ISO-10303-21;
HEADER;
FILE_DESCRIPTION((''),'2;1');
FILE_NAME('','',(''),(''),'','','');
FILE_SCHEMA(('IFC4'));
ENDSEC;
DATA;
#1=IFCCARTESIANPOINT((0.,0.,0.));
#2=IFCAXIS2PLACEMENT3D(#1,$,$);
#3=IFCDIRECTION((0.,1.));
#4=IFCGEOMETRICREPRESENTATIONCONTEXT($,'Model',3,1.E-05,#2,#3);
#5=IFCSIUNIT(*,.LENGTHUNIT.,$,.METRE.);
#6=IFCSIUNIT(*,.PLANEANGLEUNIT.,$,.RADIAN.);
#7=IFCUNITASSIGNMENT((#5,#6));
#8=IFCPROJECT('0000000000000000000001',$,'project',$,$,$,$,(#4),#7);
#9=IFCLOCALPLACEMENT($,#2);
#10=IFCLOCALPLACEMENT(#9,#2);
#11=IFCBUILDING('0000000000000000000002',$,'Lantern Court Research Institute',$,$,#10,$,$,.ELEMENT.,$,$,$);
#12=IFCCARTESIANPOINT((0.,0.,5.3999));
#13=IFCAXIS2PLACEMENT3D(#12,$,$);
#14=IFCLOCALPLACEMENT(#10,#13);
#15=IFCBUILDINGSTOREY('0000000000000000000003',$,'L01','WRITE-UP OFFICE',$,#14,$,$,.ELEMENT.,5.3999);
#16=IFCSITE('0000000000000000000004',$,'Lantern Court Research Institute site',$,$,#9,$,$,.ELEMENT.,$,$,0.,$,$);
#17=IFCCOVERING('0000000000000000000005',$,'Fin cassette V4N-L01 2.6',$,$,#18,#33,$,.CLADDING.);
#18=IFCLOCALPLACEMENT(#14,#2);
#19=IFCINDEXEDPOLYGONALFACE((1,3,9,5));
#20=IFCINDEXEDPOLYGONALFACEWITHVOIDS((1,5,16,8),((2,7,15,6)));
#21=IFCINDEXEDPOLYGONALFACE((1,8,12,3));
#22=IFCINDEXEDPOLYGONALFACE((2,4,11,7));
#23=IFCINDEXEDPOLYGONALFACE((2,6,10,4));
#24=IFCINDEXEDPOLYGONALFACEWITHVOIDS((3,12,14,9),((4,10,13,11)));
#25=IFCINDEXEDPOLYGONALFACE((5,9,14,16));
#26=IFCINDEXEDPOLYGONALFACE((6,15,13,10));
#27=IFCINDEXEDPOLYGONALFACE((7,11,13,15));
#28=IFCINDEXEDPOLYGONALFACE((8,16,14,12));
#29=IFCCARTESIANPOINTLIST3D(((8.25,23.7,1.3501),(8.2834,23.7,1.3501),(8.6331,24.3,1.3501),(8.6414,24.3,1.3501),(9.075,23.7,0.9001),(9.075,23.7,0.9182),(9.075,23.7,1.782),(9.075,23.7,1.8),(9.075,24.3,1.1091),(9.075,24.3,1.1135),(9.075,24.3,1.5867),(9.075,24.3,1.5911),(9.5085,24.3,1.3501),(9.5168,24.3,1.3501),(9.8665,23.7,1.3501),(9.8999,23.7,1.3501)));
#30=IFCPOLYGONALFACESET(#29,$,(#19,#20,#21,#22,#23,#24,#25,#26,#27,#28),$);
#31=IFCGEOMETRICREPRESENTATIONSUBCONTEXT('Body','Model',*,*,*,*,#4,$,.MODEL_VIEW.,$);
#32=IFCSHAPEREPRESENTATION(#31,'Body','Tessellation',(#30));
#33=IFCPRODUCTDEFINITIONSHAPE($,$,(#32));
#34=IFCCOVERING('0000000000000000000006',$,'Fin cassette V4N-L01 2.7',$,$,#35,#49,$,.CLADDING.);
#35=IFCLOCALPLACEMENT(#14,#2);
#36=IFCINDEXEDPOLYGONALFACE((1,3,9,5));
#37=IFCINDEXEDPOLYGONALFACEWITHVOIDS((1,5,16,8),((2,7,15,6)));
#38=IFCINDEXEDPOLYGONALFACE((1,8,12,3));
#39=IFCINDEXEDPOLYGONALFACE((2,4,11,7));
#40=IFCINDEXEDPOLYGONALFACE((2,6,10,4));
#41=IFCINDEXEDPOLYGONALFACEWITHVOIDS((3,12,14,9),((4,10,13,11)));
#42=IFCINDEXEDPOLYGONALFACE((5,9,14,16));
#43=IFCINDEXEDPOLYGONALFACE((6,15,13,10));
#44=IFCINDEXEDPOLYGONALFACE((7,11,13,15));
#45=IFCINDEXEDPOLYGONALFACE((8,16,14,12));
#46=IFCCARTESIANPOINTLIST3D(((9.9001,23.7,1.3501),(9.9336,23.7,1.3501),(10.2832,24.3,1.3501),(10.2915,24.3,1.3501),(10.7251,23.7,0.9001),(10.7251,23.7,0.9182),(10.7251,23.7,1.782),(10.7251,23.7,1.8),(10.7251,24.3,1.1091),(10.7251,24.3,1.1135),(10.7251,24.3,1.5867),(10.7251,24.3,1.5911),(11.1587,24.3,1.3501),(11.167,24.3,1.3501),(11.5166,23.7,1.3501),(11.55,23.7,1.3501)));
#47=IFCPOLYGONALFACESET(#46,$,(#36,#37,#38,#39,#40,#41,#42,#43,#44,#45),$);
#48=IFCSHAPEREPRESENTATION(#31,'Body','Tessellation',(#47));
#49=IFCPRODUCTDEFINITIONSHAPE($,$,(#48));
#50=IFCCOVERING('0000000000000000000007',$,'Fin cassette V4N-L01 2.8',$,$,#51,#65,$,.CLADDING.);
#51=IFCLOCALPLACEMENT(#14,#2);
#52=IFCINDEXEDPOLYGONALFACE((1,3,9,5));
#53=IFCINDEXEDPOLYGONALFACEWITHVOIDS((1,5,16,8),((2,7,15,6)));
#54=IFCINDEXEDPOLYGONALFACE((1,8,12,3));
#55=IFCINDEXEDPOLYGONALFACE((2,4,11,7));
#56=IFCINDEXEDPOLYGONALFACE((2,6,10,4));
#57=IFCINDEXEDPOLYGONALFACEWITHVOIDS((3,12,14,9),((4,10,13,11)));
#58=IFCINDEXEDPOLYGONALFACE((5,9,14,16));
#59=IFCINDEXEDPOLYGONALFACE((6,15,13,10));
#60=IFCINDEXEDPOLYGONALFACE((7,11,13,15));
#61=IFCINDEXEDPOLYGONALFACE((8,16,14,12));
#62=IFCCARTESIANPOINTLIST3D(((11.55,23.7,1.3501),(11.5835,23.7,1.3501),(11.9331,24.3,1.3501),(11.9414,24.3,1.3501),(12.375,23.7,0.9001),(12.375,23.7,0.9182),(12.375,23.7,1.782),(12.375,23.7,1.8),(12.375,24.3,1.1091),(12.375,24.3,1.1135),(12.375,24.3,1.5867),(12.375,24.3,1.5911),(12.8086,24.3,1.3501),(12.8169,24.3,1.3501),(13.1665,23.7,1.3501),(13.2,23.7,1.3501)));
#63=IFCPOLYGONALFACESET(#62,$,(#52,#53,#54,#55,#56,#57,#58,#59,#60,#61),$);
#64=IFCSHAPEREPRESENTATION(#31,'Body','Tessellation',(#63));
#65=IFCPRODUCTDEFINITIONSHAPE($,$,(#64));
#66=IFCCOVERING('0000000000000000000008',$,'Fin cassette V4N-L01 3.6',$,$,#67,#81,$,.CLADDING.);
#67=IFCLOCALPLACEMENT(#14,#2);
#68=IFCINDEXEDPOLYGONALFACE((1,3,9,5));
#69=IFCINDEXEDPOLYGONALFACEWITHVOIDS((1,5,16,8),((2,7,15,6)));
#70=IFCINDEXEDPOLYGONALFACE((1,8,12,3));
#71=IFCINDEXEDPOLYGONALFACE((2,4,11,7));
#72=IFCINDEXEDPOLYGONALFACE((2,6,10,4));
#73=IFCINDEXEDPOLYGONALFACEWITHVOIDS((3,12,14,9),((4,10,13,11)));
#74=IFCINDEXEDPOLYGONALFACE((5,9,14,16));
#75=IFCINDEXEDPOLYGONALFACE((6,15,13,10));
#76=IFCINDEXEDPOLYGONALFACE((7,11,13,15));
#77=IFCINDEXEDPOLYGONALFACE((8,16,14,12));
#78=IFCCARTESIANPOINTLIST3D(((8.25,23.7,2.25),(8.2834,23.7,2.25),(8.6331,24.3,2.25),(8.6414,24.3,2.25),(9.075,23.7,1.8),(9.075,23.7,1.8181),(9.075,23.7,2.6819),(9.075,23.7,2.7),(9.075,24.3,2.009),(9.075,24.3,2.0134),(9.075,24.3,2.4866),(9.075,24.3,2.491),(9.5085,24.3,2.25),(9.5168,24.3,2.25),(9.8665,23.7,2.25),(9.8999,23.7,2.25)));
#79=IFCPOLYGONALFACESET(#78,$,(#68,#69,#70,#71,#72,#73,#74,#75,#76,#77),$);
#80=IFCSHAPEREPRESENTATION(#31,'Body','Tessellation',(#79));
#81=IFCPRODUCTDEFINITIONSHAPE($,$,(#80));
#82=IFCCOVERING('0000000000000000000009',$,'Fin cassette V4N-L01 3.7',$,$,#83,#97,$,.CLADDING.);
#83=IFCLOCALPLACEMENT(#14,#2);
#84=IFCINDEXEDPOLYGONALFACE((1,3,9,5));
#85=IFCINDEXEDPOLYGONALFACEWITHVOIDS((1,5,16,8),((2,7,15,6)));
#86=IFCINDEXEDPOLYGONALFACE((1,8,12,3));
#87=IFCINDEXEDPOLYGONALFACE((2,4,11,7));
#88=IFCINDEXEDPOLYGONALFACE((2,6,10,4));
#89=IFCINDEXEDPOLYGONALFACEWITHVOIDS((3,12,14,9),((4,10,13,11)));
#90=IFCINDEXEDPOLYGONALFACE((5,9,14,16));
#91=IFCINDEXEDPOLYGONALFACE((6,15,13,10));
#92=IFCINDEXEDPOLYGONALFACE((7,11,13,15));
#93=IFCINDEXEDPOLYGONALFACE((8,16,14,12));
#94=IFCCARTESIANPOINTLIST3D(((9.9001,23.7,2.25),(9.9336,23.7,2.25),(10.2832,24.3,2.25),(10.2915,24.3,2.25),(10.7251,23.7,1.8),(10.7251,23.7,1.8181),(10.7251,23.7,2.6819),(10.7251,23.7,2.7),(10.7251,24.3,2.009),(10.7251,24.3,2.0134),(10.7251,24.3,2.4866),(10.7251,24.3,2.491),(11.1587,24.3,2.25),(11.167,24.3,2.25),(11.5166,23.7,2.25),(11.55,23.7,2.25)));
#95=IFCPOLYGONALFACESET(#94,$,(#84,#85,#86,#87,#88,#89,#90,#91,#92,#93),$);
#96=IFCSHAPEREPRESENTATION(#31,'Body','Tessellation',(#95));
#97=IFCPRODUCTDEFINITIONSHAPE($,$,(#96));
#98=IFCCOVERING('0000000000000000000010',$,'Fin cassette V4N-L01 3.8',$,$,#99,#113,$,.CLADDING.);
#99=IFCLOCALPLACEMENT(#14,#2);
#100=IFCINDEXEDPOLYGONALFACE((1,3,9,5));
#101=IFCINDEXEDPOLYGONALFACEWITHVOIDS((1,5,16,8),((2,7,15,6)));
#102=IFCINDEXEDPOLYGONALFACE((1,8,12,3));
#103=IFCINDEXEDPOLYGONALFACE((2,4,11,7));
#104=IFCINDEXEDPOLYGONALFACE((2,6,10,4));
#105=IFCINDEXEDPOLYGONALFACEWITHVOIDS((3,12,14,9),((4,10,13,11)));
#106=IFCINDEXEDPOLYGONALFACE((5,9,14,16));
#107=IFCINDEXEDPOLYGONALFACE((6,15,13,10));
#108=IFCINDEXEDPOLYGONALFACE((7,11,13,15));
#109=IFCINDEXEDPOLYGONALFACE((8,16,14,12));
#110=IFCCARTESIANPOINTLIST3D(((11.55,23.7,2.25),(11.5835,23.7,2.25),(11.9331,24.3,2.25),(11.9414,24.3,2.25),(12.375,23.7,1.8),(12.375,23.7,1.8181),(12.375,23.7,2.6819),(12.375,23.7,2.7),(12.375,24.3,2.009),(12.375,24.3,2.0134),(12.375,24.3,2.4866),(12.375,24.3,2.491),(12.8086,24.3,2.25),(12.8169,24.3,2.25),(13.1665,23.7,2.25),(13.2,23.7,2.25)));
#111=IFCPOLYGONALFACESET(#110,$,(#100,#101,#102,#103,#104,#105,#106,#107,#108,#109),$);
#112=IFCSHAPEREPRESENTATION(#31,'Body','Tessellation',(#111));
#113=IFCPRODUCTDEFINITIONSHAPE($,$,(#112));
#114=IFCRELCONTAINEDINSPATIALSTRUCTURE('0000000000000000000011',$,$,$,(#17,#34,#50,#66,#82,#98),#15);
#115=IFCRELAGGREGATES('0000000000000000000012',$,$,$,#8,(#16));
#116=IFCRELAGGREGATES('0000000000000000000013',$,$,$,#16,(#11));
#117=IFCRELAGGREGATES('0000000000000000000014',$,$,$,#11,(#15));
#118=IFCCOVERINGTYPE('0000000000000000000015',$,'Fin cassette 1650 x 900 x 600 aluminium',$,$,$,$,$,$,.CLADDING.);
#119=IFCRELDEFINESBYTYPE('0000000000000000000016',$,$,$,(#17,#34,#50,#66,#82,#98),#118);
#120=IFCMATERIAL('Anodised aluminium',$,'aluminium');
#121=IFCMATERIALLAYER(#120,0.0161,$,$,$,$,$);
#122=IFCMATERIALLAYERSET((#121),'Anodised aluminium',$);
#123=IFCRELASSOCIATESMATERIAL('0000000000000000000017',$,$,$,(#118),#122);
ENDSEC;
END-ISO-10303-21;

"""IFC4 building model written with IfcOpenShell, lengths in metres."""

from ifc_helpers import new_model, entity, si_unit, direction, frame, origin, place, context, subcontext, project, spatial, material, layer, layer_set, type_object, element, save


model = new_model("IFC4")

# Units and contexts
model_context = context("Model", 3, precision=1e-05, world=origin(), true_north=direction((0.0, 1.0)))
body_context = subcontext(model_context, "Body", "Model", "MODEL_VIEW")
ifc_project = project(units=[si_unit("LENGTHUNIT", "METRE"), si_unit("PLANEANGLEUNIT", "RADIAN")], contexts=[model_context])

# Site, building, storey
site_placement = place(None, origin())
site = spatial("IfcSite", under=ifc_project, at=site_placement, Name="Lantern Court Research Institute site", CompositionType="ELEMENT", RefElevation=0.0)
building_placement = place(site_placement, origin())
building = spatial("IfcBuilding", under=site, at=building_placement, Name="Lantern Court Research Institute", CompositionType="ELEMENT")
storey_placement = place(building_placement, frame((0.0, 0.0, 5.3999)))
storey = spatial("IfcBuildingStorey", under=building, at=storey_placement, Name="L01", Description="WRITE-UP OFFICE", CompositionType="ELEMENT", Elevation=5.3999)

# Coverings
ifc_material_1 = material(Name="Anodised aluminium", Category="aluminium")
ifc_layer_1 = layer(ifc_material_1, 0.0161)
ifc_layer_set_1 = layer_set([ifc_layer_1], Name="Anodised aluminium")
covering_type = type_object("IfcCoveringType", Name="Fin cassette 1650 x 900 x 600 aluminium", PredefinedType="CLADDING", material=ifc_layer_set_1)
covering_1_placement = place(storey_placement, frame((9.075, 23.7, 1.3501), z_axis=(0.0, 1.0, 0.0), x_axis=(-1.0, 0.0, 0.0)))
cartesian_point_1 = entity("IfcCartesianPoint", [0.825, 0.0])
cartesian_point_2 = entity("IfcCartesianPoint", [0.7915, 0.0])
cartesian_point_3 = entity("IfcCartesianPoint", [0.4419, 0.0])
cartesian_point_4 = entity("IfcCartesianPoint", [0.4336, 0.0])
element("IfcCovering", 1, at=covering_1_placement, inside=storey, type_object=covering_type, Name="Fin cassette V4N-L01 2.6", PredefinedType="CLADDING", context=body_context, shape_type="SweptSolid", body=[
    entity("IfcExtrudedAreaSolidTapered", entity("IfcArbitraryProfileDefWithVoids", "AREA", None, entity("IfcPolyline", [cartesian_point_1, entity("IfcCartesianPoint", [0.0, 0.45]), entity("IfcCartesianPoint", [-0.825, 0.0]), entity("IfcCartesianPoint", [0.0, -0.45]), cartesian_point_1]), [entity("IfcPolyline", [cartesian_point_2, entity("IfcCartesianPoint", [0.0, 0.4319]), entity("IfcCartesianPoint", [-0.7915, 0.0]), entity("IfcCartesianPoint", [0.0, -0.4319]), cartesian_point_2])]), entity("IfcAxis2Placement3D", entity("IfcCartesianPoint", [0.0, 0.0, 0.0])), entity("IfcDirection", [0.0, 0.0, 1.0]), 0.6001, entity("IfcArbitraryProfileDefWithVoids", "AREA", None, entity("IfcPolyline", [cartesian_point_3, entity("IfcCartesianPoint", [0.0, 0.241]), entity("IfcCartesianPoint", [-0.4419, 0.0]), entity("IfcCartesianPoint", [0.0, -0.241]), cartesian_point_3]), [entity("IfcPolyline", [cartesian_point_4, entity("IfcCartesianPoint", [0.0, 0.2366]), entity("IfcCartesianPoint", [-0.4336, 0.0]), entity("IfcCartesianPoint", [0.0, -0.2366]), cartesian_point_4])])),
])
covering_2_placement = place(storey_placement, frame((10.7251, 23.7, 1.3501), z_axis=(0.0, 1.0, 0.0), x_axis=(-1.0, 0.0, 0.0)))
cartesian_point_5 = entity("IfcCartesianPoint", [0.825, 0.0])
cartesian_point_6 = entity("IfcCartesianPoint", [0.7915, 0.0])
cartesian_point_7 = entity("IfcCartesianPoint", [0.4419, 0.0])
cartesian_point_8 = entity("IfcCartesianPoint", [0.4336, 0.0])
element("IfcCovering", 2, at=covering_2_placement, inside=storey, type_object=covering_type, Name="Fin cassette V4N-L01 2.7", PredefinedType="CLADDING", context=body_context, shape_type="SweptSolid", body=[
    entity("IfcExtrudedAreaSolidTapered", entity("IfcArbitraryProfileDefWithVoids", "AREA", None, entity("IfcPolyline", [cartesian_point_5, entity("IfcCartesianPoint", [0.0, 0.45]), entity("IfcCartesianPoint", [-0.825, 0.0]), entity("IfcCartesianPoint", [0.0, -0.45]), cartesian_point_5]), [entity("IfcPolyline", [cartesian_point_6, entity("IfcCartesianPoint", [0.0, 0.4319]), entity("IfcCartesianPoint", [-0.7915, 0.0]), entity("IfcCartesianPoint", [0.0, -0.4319]), cartesian_point_6])]), entity("IfcAxis2Placement3D", entity("IfcCartesianPoint", [0.0, 0.0, 0.0])), entity("IfcDirection", [0.0, 0.0, 1.0]), 0.6001, entity("IfcArbitraryProfileDefWithVoids", "AREA", None, entity("IfcPolyline", [cartesian_point_7, entity("IfcCartesianPoint", [0.0, 0.241]), entity("IfcCartesianPoint", [-0.4419, 0.0]), entity("IfcCartesianPoint", [0.0, -0.241]), cartesian_point_7]), [entity("IfcPolyline", [cartesian_point_8, entity("IfcCartesianPoint", [0.0, 0.2366]), entity("IfcCartesianPoint", [-0.4336, 0.0]), entity("IfcCartesianPoint", [0.0, -0.2366]), cartesian_point_8])])),
])
covering_3_placement = place(storey_placement, frame((12.375, 23.7, 1.3501), z_axis=(0.0, 1.0, 0.0), x_axis=(-1.0, 0.0, 0.0)))
cartesian_point_9 = entity("IfcCartesianPoint", [0.825, 0.0])
cartesian_point_10 = entity("IfcCartesianPoint", [0.7915, 0.0])
cartesian_point_11 = entity("IfcCartesianPoint", [0.4419, 0.0])
cartesian_point_12 = entity("IfcCartesianPoint", [0.4336, 0.0])
element("IfcCovering", 3, at=covering_3_placement, inside=storey, type_object=covering_type, Name="Fin cassette V4N-L01 2.8", PredefinedType="CLADDING", context=body_context, shape_type="SweptSolid", body=[
    entity("IfcExtrudedAreaSolidTapered", entity("IfcArbitraryProfileDefWithVoids", "AREA", None, entity("IfcPolyline", [cartesian_point_9, entity("IfcCartesianPoint", [0.0, 0.45]), entity("IfcCartesianPoint", [-0.825, 0.0]), entity("IfcCartesianPoint", [0.0, -0.45]), cartesian_point_9]), [entity("IfcPolyline", [cartesian_point_10, entity("IfcCartesianPoint", [0.0, 0.4319]), entity("IfcCartesianPoint", [-0.7915, 0.0]), entity("IfcCartesianPoint", [0.0, -0.4319]), cartesian_point_10])]), entity("IfcAxis2Placement3D", entity("IfcCartesianPoint", [0.0, 0.0, 0.0])), entity("IfcDirection", [0.0, 0.0, 1.0]), 0.6001, entity("IfcArbitraryProfileDefWithVoids", "AREA", None, entity("IfcPolyline", [cartesian_point_11, entity("IfcCartesianPoint", [0.0, 0.241]), entity("IfcCartesianPoint", [-0.4419, 0.0]), entity("IfcCartesianPoint", [0.0, -0.241]), cartesian_point_11]), [entity("IfcPolyline", [cartesian_point_12, entity("IfcCartesianPoint", [0.0, 0.2366]), entity("IfcCartesianPoint", [-0.4336, 0.0]), entity("IfcCartesianPoint", [0.0, -0.2366]), cartesian_point_12])])),
])
covering_4_placement = place(storey_placement, frame((9.075, 23.7, 2.25), z_axis=(0.0, 1.0, 0.0), x_axis=(-1.0, 0.0, 0.0)))
cartesian_point_13 = entity("IfcCartesianPoint", [0.825, 0.0])
cartesian_point_14 = entity("IfcCartesianPoint", [0.7915, 0.0])
cartesian_point_15 = entity("IfcCartesianPoint", [0.4419, 0.0])
cartesian_point_16 = entity("IfcCartesianPoint", [0.4336, 0.0])
element("IfcCovering", 4, at=covering_4_placement, inside=storey, type_object=covering_type, Name="Fin cassette V4N-L01 3.6", PredefinedType="CLADDING", context=body_context, shape_type="SweptSolid", body=[
    entity("IfcExtrudedAreaSolidTapered", entity("IfcArbitraryProfileDefWithVoids", "AREA", None, entity("IfcPolyline", [cartesian_point_13, entity("IfcCartesianPoint", [0.0, 0.45]), entity("IfcCartesianPoint", [-0.825, 0.0]), entity("IfcCartesianPoint", [0.0, -0.45]), cartesian_point_13]), [entity("IfcPolyline", [cartesian_point_14, entity("IfcCartesianPoint", [0.0, 0.4319]), entity("IfcCartesianPoint", [-0.7915, 0.0]), entity("IfcCartesianPoint", [0.0, -0.4319]), cartesian_point_14])]), entity("IfcAxis2Placement3D", entity("IfcCartesianPoint", [0.0, 0.0, 0.0])), entity("IfcDirection", [0.0, 0.0, 1.0]), 0.6001, entity("IfcArbitraryProfileDefWithVoids", "AREA", None, entity("IfcPolyline", [cartesian_point_15, entity("IfcCartesianPoint", [0.0, 0.241]), entity("IfcCartesianPoint", [-0.4419, 0.0]), entity("IfcCartesianPoint", [0.0, -0.241]), cartesian_point_15]), [entity("IfcPolyline", [cartesian_point_16, entity("IfcCartesianPoint", [0.0, 0.2366]), entity("IfcCartesianPoint", [-0.4336, 0.0]), entity("IfcCartesianPoint", [0.0, -0.2366]), cartesian_point_16])])),
])
covering_5_placement = place(storey_placement, frame((10.7251, 23.7, 2.25), z_axis=(0.0, 1.0, 0.0), x_axis=(-1.0, 0.0, 0.0)))
cartesian_point_17 = entity("IfcCartesianPoint", [0.825, 0.0])
cartesian_point_18 = entity("IfcCartesianPoint", [0.7915, 0.0])
cartesian_point_19 = entity("IfcCartesianPoint", [0.4419, 0.0])
cartesian_point_20 = entity("IfcCartesianPoint", [0.4336, 0.0])
element("IfcCovering", 5, at=covering_5_placement, inside=storey, type_object=covering_type, Name="Fin cassette V4N-L01 3.7", PredefinedType="CLADDING", context=body_context, shape_type="SweptSolid", body=[
    entity("IfcExtrudedAreaSolidTapered", entity("IfcArbitraryProfileDefWithVoids", "AREA", None, entity("IfcPolyline", [cartesian_point_17, entity("IfcCartesianPoint", [0.0, 0.45]), entity("IfcCartesianPoint", [-0.825, 0.0]), entity("IfcCartesianPoint", [0.0, -0.45]), cartesian_point_17]), [entity("IfcPolyline", [cartesian_point_18, entity("IfcCartesianPoint", [0.0, 0.4319]), entity("IfcCartesianPoint", [-0.7915, 0.0]), entity("IfcCartesianPoint", [0.0, -0.4319]), cartesian_point_18])]), entity("IfcAxis2Placement3D", entity("IfcCartesianPoint", [0.0, 0.0, 0.0])), entity("IfcDirection", [0.0, 0.0, 1.0]), 0.6001, entity("IfcArbitraryProfileDefWithVoids", "AREA", None, entity("IfcPolyline", [cartesian_point_19, entity("IfcCartesianPoint", [0.0, 0.241]), entity("IfcCartesianPoint", [-0.4419, 0.0]), entity("IfcCartesianPoint", [0.0, -0.241]), cartesian_point_19]), [entity("IfcPolyline", [cartesian_point_20, entity("IfcCartesianPoint", [0.0, 0.2366]), entity("IfcCartesianPoint", [-0.4336, 0.0]), entity("IfcCartesianPoint", [0.0, -0.2366]), cartesian_point_20])])),
])
covering_6_placement = place(storey_placement, frame((12.375, 23.7, 2.25), z_axis=(0.0, 1.0, 0.0), x_axis=(-1.0, 0.0, 0.0)))
cartesian_point_21 = entity("IfcCartesianPoint", [0.825, 0.0])
cartesian_point_22 = entity("IfcCartesianPoint", [0.7915, 0.0])
cartesian_point_23 = entity("IfcCartesianPoint", [0.4419, 0.0])
cartesian_point_24 = entity("IfcCartesianPoint", [0.4336, 0.0])
element("IfcCovering", 6, at=covering_6_placement, inside=storey, type_object=covering_type, Name="Fin cassette V4N-L01 3.8", PredefinedType="CLADDING", context=body_context, shape_type="SweptSolid", body=[
    entity("IfcExtrudedAreaSolidTapered", entity("IfcArbitraryProfileDefWithVoids", "AREA", None, entity("IfcPolyline", [cartesian_point_21, entity("IfcCartesianPoint", [0.0, 0.45]), entity("IfcCartesianPoint", [-0.825, 0.0]), entity("IfcCartesianPoint", [0.0, -0.45]), cartesian_point_21]), [entity("IfcPolyline", [cartesian_point_22, entity("IfcCartesianPoint", [0.0, 0.4319]), entity("IfcCartesianPoint", [-0.7915, 0.0]), entity("IfcCartesianPoint", [0.0, -0.4319]), cartesian_point_22])]), entity("IfcAxis2Placement3D", entity("IfcCartesianPoint", [0.0, 0.0, 0.0])), entity("IfcDirection", [0.0, 0.0, 1.0]), 0.6001, entity("IfcArbitraryProfileDefWithVoids", "AREA", None, entity("IfcPolyline", [cartesian_point_23, entity("IfcCartesianPoint", [0.0, 0.241]), entity("IfcCartesianPoint", [-0.4419, 0.0]), entity("IfcCartesianPoint", [0.0, -0.241]), cartesian_point_23]), [entity("IfcPolyline", [cartesian_point_24, entity("IfcCartesianPoint", [0.0, 0.2366]), entity("IfcCartesianPoint", [-0.4336, 0.0]), entity("IfcCartesianPoint", [0.0, -0.2366]), cartesian_point_24])])),
])

save(model, "model.ifc")
